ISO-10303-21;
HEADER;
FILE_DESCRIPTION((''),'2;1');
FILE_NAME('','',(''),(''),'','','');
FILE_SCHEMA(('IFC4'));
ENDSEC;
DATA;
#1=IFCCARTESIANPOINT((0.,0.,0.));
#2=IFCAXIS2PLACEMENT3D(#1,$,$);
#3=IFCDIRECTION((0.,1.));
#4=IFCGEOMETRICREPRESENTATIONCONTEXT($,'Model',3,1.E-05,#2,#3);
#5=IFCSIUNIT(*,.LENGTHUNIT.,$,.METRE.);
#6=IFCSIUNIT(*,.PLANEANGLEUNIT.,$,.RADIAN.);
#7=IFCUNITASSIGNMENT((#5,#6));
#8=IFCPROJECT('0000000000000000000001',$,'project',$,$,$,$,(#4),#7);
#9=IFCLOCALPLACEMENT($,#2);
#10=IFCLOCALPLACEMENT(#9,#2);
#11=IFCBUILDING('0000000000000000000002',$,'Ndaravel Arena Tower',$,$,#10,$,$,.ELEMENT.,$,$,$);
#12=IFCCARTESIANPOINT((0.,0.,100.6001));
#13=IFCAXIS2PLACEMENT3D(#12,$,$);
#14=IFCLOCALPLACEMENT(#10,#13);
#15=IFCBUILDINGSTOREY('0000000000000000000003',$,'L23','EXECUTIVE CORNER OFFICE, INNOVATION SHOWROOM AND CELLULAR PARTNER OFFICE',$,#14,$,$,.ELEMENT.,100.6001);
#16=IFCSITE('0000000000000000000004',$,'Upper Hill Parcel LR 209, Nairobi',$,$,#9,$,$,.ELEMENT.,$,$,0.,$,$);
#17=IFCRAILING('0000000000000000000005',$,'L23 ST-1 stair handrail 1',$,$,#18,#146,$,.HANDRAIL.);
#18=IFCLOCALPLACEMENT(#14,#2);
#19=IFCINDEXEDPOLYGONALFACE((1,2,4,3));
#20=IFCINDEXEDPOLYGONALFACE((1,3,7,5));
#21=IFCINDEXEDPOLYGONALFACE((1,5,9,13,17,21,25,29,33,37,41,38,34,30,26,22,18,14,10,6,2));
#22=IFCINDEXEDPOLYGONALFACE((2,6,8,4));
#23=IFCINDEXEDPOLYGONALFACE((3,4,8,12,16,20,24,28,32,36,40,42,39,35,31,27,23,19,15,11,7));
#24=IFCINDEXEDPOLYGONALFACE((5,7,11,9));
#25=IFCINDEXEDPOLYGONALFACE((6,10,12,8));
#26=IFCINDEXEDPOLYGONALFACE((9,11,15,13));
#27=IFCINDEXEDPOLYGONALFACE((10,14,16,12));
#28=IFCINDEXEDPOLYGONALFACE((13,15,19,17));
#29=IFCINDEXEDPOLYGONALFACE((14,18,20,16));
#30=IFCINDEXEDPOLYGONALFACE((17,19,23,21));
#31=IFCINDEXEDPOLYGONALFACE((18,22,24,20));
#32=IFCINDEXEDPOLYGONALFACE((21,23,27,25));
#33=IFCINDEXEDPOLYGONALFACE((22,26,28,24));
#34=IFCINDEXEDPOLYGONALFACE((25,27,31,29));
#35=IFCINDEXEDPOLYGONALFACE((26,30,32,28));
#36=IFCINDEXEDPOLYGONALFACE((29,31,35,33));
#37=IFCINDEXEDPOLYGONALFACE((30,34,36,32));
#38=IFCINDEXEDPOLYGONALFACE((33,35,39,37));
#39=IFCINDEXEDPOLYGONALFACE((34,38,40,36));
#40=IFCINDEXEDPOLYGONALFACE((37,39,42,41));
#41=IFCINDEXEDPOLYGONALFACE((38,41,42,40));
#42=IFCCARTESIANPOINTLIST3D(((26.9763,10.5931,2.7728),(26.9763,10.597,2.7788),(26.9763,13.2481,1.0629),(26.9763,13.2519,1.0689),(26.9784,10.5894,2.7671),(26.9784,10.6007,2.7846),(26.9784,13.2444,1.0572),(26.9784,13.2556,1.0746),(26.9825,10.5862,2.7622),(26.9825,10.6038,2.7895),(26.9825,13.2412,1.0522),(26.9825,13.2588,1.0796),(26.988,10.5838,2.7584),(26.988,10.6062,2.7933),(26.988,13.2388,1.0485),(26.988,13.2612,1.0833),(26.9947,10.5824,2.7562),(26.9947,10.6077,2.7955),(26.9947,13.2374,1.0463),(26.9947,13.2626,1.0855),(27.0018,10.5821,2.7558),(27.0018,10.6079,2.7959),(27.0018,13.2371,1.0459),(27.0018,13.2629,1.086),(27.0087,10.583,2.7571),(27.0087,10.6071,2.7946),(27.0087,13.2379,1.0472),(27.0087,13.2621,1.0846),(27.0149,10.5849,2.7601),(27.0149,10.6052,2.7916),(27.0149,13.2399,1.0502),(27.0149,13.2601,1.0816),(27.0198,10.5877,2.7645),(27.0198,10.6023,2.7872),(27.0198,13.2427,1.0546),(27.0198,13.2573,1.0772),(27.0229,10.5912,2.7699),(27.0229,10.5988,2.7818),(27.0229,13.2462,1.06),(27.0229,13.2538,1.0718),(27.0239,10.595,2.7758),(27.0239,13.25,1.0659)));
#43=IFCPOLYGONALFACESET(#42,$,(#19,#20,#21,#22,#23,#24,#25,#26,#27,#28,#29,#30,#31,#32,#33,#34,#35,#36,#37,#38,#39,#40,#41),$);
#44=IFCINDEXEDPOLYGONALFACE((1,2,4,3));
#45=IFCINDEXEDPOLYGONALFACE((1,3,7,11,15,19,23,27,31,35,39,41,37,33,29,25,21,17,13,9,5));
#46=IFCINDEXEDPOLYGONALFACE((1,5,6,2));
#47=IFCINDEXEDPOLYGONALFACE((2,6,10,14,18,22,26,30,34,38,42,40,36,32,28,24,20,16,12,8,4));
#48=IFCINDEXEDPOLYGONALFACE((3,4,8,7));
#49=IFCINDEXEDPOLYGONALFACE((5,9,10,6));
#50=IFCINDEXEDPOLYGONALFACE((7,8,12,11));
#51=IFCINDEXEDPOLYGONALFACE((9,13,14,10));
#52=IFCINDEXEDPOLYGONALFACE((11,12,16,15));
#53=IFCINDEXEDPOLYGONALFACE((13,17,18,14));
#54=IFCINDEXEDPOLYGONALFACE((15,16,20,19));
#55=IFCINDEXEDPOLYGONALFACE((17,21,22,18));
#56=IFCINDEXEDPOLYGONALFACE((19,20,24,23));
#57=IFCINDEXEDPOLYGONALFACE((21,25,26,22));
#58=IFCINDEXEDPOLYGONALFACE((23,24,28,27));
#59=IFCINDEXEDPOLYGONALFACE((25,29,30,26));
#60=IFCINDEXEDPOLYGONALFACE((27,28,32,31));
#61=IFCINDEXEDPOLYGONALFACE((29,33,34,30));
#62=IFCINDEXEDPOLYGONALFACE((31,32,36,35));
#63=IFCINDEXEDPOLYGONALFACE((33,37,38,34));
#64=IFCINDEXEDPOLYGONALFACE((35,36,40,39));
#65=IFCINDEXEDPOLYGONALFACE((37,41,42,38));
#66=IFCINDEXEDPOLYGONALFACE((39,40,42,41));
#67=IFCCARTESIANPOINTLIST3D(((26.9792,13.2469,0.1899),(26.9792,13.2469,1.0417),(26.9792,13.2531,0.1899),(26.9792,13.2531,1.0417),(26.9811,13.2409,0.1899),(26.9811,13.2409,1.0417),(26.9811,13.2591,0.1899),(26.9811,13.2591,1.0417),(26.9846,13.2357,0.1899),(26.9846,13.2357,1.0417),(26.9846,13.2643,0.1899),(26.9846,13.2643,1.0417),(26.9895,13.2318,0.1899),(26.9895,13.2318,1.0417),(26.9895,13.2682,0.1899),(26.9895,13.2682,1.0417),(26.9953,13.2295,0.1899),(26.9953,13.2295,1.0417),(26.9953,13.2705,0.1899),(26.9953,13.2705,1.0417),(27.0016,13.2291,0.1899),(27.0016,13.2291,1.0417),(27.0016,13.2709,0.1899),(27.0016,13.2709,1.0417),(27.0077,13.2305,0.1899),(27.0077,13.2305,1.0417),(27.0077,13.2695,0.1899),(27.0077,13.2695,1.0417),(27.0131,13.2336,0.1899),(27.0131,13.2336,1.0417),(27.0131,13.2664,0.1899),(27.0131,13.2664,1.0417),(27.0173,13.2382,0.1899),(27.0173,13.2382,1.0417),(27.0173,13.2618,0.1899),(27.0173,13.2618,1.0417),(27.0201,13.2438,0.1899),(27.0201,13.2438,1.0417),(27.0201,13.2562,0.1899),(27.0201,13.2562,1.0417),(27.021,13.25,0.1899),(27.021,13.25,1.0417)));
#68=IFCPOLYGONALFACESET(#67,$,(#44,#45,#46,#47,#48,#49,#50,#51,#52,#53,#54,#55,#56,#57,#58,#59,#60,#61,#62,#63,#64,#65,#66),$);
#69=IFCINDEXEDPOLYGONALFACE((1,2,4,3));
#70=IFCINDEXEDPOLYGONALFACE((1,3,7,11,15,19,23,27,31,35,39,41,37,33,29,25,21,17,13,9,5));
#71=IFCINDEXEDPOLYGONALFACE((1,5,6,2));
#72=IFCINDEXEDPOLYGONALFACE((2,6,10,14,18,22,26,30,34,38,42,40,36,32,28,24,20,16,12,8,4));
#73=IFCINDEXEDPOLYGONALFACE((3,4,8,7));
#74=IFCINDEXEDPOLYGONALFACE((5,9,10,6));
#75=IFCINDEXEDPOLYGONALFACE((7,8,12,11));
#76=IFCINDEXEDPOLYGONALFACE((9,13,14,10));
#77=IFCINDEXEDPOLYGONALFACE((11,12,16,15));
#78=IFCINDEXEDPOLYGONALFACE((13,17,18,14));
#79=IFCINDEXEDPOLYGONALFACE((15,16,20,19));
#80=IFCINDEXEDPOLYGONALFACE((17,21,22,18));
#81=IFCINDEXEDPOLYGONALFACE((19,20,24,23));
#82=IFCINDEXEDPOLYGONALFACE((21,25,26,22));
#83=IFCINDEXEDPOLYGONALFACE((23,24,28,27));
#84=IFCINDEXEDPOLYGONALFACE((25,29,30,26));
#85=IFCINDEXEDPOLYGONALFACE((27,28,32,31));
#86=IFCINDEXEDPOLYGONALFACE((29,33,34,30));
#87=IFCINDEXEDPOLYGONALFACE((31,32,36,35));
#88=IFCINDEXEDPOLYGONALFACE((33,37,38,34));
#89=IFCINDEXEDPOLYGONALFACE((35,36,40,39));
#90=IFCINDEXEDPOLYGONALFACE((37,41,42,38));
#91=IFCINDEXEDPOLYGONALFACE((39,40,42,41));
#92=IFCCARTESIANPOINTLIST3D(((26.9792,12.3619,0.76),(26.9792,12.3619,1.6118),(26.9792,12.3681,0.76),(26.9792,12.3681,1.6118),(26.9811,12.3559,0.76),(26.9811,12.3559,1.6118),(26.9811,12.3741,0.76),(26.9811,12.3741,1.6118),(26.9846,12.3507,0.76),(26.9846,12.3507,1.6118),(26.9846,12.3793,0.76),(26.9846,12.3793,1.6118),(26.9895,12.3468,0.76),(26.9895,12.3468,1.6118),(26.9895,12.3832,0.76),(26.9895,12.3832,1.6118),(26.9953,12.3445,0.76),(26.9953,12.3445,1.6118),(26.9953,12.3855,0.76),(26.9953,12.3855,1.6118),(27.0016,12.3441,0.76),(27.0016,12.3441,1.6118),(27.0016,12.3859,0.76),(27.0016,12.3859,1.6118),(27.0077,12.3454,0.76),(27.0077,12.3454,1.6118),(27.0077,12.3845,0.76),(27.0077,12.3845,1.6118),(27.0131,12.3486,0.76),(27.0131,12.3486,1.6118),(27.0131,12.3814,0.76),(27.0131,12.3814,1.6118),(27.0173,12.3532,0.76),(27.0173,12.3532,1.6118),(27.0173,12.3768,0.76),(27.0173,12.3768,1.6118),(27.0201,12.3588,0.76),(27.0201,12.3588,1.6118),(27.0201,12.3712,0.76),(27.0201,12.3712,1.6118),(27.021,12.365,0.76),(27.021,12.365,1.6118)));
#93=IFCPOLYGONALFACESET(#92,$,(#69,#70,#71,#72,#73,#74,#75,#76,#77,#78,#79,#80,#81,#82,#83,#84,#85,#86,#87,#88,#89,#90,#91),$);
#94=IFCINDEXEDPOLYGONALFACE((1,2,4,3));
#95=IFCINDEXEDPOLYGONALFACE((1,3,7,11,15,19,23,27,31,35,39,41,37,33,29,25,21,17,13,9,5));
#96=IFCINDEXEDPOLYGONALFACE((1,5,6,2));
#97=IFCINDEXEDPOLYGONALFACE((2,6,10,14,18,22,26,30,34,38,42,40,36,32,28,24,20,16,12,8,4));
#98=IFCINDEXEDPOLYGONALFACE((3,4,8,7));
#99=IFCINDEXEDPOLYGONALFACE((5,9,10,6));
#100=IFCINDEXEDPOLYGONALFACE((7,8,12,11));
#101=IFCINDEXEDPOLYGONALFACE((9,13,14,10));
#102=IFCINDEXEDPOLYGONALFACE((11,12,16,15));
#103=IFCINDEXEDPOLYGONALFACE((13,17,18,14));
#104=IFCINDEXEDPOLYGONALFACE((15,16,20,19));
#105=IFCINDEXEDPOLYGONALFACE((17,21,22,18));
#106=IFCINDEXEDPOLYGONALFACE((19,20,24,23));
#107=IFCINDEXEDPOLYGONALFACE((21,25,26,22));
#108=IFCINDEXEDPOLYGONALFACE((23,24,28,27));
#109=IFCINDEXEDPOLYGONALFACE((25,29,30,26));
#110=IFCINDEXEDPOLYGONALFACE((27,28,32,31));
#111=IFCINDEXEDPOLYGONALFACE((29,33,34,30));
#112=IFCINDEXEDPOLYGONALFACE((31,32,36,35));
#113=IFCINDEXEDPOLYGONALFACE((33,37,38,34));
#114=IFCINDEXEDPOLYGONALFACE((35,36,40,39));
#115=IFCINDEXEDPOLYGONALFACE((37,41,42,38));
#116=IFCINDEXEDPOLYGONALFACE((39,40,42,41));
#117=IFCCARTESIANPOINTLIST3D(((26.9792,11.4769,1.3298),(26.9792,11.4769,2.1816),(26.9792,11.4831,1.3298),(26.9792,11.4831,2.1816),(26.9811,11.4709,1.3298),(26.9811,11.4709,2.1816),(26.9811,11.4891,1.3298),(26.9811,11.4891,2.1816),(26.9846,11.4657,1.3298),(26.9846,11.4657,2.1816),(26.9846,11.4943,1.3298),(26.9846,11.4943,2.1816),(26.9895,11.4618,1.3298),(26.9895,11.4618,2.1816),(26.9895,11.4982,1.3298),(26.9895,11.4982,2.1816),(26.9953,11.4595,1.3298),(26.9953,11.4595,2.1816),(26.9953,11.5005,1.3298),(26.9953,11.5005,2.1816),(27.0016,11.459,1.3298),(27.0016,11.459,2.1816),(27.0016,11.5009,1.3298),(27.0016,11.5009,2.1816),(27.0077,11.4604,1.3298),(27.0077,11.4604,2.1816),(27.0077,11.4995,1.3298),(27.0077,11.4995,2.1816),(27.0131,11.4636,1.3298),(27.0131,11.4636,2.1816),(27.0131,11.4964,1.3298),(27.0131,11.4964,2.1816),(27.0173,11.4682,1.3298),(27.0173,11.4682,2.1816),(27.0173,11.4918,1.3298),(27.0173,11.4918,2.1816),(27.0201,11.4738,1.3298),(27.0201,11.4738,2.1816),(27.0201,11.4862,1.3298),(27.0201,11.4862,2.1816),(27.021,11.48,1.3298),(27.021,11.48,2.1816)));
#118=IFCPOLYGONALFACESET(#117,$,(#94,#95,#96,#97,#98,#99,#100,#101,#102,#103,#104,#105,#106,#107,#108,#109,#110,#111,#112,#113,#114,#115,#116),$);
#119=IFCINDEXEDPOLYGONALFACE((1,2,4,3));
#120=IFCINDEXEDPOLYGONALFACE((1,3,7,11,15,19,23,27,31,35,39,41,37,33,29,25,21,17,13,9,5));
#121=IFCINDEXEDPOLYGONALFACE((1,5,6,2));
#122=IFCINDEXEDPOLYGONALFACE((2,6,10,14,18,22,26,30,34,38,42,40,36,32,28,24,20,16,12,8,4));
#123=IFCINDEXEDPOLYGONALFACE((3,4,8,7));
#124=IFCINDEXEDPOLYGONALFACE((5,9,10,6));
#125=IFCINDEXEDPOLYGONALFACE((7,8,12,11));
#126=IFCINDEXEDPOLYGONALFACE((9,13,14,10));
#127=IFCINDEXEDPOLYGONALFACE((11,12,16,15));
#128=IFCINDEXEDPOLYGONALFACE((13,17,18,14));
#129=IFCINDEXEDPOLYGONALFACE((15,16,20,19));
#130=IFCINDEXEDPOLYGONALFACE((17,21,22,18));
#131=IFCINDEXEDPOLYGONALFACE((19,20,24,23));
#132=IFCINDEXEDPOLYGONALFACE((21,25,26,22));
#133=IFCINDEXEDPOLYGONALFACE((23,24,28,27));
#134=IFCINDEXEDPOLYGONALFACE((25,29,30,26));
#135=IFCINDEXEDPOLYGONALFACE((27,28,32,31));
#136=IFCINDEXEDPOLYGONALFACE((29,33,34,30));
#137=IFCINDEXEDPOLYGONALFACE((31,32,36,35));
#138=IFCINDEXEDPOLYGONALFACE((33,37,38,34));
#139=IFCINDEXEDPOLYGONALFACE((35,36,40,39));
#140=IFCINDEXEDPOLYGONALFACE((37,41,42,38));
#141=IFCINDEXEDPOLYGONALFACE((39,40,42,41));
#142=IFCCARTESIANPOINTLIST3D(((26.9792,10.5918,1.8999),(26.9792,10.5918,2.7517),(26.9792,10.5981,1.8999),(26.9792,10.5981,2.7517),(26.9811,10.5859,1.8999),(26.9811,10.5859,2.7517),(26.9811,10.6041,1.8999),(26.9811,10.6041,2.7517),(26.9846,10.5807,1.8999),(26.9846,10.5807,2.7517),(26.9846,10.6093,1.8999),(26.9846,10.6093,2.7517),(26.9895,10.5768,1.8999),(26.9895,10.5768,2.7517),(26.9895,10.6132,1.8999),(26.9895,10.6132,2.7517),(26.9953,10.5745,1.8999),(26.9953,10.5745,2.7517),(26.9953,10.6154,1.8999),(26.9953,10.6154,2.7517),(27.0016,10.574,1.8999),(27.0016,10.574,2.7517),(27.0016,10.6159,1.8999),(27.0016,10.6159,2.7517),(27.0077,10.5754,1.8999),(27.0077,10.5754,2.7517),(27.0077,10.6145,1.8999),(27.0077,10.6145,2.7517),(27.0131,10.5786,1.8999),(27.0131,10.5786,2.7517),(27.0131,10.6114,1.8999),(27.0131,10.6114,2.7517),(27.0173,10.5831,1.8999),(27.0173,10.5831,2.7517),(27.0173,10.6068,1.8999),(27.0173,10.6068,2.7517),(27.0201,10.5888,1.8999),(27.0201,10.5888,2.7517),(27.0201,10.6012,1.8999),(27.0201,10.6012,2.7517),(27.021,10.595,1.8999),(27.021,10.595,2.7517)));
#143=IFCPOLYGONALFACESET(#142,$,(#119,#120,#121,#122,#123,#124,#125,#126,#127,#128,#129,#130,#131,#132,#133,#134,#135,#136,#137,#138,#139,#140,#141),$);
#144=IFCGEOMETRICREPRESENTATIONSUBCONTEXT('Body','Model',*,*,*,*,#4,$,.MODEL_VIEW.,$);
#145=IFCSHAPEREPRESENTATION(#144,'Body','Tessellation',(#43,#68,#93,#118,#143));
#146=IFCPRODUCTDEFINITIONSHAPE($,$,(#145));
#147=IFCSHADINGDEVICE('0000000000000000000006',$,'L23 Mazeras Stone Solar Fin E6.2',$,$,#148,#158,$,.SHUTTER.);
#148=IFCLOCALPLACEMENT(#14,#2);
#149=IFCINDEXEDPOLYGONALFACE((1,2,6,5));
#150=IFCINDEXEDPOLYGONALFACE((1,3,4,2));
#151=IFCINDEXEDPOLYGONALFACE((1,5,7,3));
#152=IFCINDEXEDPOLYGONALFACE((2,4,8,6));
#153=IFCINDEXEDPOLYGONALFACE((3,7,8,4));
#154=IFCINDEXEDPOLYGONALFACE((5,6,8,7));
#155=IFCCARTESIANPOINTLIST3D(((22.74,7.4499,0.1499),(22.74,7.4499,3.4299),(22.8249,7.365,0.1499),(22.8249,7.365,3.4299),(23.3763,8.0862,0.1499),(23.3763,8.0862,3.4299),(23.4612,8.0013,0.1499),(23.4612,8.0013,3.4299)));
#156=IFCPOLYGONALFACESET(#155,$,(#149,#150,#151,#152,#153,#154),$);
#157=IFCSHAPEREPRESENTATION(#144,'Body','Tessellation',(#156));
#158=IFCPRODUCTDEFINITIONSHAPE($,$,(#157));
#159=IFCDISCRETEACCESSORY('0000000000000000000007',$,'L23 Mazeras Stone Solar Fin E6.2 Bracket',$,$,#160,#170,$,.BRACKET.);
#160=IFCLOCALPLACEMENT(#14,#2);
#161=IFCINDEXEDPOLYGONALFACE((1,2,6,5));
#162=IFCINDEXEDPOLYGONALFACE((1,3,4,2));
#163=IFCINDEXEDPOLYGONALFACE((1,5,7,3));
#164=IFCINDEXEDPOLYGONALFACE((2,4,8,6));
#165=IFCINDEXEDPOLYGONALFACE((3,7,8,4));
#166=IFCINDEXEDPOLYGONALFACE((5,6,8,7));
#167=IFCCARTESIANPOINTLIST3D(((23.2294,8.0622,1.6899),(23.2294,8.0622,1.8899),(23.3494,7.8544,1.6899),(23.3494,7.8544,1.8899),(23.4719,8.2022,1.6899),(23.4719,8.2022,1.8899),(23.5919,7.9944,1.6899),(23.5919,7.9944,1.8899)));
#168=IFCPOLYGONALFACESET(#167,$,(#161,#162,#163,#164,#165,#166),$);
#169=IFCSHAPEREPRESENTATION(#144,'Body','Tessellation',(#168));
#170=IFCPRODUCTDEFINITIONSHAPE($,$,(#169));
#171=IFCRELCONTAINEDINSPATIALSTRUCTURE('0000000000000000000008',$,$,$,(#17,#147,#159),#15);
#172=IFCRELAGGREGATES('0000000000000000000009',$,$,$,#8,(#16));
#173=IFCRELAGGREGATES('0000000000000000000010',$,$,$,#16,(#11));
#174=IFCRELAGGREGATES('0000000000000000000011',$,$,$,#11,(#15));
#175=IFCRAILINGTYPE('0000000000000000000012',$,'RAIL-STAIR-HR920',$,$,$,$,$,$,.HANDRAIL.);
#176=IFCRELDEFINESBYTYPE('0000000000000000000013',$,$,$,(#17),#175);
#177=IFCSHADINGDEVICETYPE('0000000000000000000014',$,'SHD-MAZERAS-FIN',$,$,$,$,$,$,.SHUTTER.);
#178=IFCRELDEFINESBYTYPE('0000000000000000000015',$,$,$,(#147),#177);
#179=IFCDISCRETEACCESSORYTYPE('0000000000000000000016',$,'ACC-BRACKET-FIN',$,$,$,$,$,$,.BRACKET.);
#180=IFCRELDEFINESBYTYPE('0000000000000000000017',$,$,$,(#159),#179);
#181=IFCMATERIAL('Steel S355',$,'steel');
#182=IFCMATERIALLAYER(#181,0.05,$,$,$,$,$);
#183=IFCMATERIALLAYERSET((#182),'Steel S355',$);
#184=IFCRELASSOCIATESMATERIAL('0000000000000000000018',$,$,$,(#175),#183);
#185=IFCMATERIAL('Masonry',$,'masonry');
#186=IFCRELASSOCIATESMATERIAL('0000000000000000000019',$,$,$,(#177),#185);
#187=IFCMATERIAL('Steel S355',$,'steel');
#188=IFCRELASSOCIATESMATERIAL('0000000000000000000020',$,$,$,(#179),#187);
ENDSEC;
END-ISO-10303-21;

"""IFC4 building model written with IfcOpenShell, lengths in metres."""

from ifc_helpers import new_model, si_unit, direction, frame, origin, origin_2d, place, context, subcontext, project, spatial, rectangle, circle, extrude, material, layer, layer_set, type_object, element, save


model = new_model("IFC4")

# Units and contexts
model_context = context("Model", 3, precision=1e-05, world=origin(), true_north=direction((0.0, 1.0)))
body_context = subcontext(model_context, "Body", "Model", "MODEL_VIEW")
ifc_project = project(units=[si_unit("LENGTHUNIT", "METRE"), si_unit("PLANEANGLEUNIT", "RADIAN")], contexts=[model_context])

# Site, building, storey
site_placement = place(None, origin())
site = spatial("IfcSite", under=ifc_project, at=site_placement, Name="Upper Hill Parcel LR 209, Nairobi", CompositionType="ELEMENT", RefElevation=0.0)
building_placement = place(site_placement, origin())
building = spatial("IfcBuilding", under=site, at=building_placement, Name="Ndaravel Arena Tower", CompositionType="ELEMENT")
storey_placement = place(building_placement, frame((0.0, 0.0, 100.6001)))
storey = spatial("IfcBuildingStorey", under=building, at=storey_placement, Name="L23", Description="EXECUTIVE CORNER OFFICE, INNOVATION SHOWROOM AND CELLULAR PARTNER OFFICE", CompositionType="ELEMENT", Elevation=100.6001)

# Railing
ifc_material_1 = material(Name="Steel S355", Category="steel")
ifc_layer_1 = layer(ifc_material_1, 0.05)
ifc_layer_set_1 = layer_set([ifc_layer_1], Name="Steel S355")
railing_type_1 = type_object("IfcRailingType", Name="RAIL-STAIR-HR920", PredefinedType="HANDRAIL", material=ifc_layer_set_1)
railing_1_placement = place(storey_placement, frame((27.0, 13.25, 0.1899)))
element("IfcRailing", 1, at=railing_1_placement, inside=storey, type_object=railing_type_1, Name="L23 ST-1 stair handrail 1", PredefinedType="HANDRAIL", context=body_context, shape_type="SweptSolid", body=[
    extrude(circle(Radius=0.0239, at=origin_2d()), frame((0.0, 0.0, 0.876), z_axis=(0.0, -0.840724, 0.541465), x_axis=(1.0, 0.0, 0.0)), (0.0, 0.0, 1.0), 3.158),
    extrude(circle(Radius=0.021, at=origin_2d()), origin(), (0.0, 0.0, 1.0), 0.8518),
    extrude(circle(Radius=0.021, at=origin_2d()), frame((0.0, -0.885, 0.5701)), (0.0, 0.0, 1.0), 0.8518),
    extrude(circle(Radius=0.021, at=origin_2d()), frame((0.0, -1.77, 1.1399)), (0.0, 0.0, 1.0), 0.8518),
    extrude(circle(Radius=0.021, at=origin_2d()), frame((0.0, -2.655, 1.71)), (0.0, 0.0, 1.0), 0.8518),
])

# Shading device
ifc_material_2 = material(Name="Masonry", Category="masonry")
shading_device_type = type_object("IfcShadingDeviceType", Name="SHD-MAZERAS-FIN", PredefinedType="SHUTTER", material=ifc_material_2)
shading_device_placement = place(storey_placement, frame((23.1006, 7.7256, 0.1499), z_axis=(0.0, 0.0, 1.0), x_axis=(-0.707107, -0.707107, 0.0)))
element("IfcShadingDevice", 2, at=shading_device_placement, inside=storey, type_object=shading_device_type, Name="L23 Mazeras Stone Solar Fin E6.2", PredefinedType="SHUTTER", context=body_context, shape_type="SweptSolid", body=[
    extrude(rectangle(XDim=0.8999, YDim=0.1201, at=origin_2d()), origin(), (0.0, 0.0, 1.0), 3.28),
])

# Discrete accessory
ifc_material_3 = material(Name="Steel S355", Category="steel")
discrete_accessory_type = type_object("IfcDiscreteAccessoryType", Name="ACC-BRACKET-FIN", PredefinedType="BRACKET", material=ifc_material_3)
discrete_accessory_placement = place(storey_placement, frame((23.4106, 8.0283, 1.6899), z_axis=(0.0, 0.0, 1.0), x_axis=(-0.866025, -0.5, 0.0)))
element("IfcDiscreteAccessory", 3, at=discrete_accessory_placement, inside=storey, type_object=discrete_accessory_type, Name="L23 Mazeras Stone Solar Fin E6.2 Bracket", PredefinedType="BRACKET", context=body_context, shape_type="SweptSolid", body=[
    extrude(rectangle(XDim=0.28, YDim=0.24, at=origin_2d()), origin(), (0.0, 0.0, 1.0), 0.2),
])

save(model, "model.ifc")
